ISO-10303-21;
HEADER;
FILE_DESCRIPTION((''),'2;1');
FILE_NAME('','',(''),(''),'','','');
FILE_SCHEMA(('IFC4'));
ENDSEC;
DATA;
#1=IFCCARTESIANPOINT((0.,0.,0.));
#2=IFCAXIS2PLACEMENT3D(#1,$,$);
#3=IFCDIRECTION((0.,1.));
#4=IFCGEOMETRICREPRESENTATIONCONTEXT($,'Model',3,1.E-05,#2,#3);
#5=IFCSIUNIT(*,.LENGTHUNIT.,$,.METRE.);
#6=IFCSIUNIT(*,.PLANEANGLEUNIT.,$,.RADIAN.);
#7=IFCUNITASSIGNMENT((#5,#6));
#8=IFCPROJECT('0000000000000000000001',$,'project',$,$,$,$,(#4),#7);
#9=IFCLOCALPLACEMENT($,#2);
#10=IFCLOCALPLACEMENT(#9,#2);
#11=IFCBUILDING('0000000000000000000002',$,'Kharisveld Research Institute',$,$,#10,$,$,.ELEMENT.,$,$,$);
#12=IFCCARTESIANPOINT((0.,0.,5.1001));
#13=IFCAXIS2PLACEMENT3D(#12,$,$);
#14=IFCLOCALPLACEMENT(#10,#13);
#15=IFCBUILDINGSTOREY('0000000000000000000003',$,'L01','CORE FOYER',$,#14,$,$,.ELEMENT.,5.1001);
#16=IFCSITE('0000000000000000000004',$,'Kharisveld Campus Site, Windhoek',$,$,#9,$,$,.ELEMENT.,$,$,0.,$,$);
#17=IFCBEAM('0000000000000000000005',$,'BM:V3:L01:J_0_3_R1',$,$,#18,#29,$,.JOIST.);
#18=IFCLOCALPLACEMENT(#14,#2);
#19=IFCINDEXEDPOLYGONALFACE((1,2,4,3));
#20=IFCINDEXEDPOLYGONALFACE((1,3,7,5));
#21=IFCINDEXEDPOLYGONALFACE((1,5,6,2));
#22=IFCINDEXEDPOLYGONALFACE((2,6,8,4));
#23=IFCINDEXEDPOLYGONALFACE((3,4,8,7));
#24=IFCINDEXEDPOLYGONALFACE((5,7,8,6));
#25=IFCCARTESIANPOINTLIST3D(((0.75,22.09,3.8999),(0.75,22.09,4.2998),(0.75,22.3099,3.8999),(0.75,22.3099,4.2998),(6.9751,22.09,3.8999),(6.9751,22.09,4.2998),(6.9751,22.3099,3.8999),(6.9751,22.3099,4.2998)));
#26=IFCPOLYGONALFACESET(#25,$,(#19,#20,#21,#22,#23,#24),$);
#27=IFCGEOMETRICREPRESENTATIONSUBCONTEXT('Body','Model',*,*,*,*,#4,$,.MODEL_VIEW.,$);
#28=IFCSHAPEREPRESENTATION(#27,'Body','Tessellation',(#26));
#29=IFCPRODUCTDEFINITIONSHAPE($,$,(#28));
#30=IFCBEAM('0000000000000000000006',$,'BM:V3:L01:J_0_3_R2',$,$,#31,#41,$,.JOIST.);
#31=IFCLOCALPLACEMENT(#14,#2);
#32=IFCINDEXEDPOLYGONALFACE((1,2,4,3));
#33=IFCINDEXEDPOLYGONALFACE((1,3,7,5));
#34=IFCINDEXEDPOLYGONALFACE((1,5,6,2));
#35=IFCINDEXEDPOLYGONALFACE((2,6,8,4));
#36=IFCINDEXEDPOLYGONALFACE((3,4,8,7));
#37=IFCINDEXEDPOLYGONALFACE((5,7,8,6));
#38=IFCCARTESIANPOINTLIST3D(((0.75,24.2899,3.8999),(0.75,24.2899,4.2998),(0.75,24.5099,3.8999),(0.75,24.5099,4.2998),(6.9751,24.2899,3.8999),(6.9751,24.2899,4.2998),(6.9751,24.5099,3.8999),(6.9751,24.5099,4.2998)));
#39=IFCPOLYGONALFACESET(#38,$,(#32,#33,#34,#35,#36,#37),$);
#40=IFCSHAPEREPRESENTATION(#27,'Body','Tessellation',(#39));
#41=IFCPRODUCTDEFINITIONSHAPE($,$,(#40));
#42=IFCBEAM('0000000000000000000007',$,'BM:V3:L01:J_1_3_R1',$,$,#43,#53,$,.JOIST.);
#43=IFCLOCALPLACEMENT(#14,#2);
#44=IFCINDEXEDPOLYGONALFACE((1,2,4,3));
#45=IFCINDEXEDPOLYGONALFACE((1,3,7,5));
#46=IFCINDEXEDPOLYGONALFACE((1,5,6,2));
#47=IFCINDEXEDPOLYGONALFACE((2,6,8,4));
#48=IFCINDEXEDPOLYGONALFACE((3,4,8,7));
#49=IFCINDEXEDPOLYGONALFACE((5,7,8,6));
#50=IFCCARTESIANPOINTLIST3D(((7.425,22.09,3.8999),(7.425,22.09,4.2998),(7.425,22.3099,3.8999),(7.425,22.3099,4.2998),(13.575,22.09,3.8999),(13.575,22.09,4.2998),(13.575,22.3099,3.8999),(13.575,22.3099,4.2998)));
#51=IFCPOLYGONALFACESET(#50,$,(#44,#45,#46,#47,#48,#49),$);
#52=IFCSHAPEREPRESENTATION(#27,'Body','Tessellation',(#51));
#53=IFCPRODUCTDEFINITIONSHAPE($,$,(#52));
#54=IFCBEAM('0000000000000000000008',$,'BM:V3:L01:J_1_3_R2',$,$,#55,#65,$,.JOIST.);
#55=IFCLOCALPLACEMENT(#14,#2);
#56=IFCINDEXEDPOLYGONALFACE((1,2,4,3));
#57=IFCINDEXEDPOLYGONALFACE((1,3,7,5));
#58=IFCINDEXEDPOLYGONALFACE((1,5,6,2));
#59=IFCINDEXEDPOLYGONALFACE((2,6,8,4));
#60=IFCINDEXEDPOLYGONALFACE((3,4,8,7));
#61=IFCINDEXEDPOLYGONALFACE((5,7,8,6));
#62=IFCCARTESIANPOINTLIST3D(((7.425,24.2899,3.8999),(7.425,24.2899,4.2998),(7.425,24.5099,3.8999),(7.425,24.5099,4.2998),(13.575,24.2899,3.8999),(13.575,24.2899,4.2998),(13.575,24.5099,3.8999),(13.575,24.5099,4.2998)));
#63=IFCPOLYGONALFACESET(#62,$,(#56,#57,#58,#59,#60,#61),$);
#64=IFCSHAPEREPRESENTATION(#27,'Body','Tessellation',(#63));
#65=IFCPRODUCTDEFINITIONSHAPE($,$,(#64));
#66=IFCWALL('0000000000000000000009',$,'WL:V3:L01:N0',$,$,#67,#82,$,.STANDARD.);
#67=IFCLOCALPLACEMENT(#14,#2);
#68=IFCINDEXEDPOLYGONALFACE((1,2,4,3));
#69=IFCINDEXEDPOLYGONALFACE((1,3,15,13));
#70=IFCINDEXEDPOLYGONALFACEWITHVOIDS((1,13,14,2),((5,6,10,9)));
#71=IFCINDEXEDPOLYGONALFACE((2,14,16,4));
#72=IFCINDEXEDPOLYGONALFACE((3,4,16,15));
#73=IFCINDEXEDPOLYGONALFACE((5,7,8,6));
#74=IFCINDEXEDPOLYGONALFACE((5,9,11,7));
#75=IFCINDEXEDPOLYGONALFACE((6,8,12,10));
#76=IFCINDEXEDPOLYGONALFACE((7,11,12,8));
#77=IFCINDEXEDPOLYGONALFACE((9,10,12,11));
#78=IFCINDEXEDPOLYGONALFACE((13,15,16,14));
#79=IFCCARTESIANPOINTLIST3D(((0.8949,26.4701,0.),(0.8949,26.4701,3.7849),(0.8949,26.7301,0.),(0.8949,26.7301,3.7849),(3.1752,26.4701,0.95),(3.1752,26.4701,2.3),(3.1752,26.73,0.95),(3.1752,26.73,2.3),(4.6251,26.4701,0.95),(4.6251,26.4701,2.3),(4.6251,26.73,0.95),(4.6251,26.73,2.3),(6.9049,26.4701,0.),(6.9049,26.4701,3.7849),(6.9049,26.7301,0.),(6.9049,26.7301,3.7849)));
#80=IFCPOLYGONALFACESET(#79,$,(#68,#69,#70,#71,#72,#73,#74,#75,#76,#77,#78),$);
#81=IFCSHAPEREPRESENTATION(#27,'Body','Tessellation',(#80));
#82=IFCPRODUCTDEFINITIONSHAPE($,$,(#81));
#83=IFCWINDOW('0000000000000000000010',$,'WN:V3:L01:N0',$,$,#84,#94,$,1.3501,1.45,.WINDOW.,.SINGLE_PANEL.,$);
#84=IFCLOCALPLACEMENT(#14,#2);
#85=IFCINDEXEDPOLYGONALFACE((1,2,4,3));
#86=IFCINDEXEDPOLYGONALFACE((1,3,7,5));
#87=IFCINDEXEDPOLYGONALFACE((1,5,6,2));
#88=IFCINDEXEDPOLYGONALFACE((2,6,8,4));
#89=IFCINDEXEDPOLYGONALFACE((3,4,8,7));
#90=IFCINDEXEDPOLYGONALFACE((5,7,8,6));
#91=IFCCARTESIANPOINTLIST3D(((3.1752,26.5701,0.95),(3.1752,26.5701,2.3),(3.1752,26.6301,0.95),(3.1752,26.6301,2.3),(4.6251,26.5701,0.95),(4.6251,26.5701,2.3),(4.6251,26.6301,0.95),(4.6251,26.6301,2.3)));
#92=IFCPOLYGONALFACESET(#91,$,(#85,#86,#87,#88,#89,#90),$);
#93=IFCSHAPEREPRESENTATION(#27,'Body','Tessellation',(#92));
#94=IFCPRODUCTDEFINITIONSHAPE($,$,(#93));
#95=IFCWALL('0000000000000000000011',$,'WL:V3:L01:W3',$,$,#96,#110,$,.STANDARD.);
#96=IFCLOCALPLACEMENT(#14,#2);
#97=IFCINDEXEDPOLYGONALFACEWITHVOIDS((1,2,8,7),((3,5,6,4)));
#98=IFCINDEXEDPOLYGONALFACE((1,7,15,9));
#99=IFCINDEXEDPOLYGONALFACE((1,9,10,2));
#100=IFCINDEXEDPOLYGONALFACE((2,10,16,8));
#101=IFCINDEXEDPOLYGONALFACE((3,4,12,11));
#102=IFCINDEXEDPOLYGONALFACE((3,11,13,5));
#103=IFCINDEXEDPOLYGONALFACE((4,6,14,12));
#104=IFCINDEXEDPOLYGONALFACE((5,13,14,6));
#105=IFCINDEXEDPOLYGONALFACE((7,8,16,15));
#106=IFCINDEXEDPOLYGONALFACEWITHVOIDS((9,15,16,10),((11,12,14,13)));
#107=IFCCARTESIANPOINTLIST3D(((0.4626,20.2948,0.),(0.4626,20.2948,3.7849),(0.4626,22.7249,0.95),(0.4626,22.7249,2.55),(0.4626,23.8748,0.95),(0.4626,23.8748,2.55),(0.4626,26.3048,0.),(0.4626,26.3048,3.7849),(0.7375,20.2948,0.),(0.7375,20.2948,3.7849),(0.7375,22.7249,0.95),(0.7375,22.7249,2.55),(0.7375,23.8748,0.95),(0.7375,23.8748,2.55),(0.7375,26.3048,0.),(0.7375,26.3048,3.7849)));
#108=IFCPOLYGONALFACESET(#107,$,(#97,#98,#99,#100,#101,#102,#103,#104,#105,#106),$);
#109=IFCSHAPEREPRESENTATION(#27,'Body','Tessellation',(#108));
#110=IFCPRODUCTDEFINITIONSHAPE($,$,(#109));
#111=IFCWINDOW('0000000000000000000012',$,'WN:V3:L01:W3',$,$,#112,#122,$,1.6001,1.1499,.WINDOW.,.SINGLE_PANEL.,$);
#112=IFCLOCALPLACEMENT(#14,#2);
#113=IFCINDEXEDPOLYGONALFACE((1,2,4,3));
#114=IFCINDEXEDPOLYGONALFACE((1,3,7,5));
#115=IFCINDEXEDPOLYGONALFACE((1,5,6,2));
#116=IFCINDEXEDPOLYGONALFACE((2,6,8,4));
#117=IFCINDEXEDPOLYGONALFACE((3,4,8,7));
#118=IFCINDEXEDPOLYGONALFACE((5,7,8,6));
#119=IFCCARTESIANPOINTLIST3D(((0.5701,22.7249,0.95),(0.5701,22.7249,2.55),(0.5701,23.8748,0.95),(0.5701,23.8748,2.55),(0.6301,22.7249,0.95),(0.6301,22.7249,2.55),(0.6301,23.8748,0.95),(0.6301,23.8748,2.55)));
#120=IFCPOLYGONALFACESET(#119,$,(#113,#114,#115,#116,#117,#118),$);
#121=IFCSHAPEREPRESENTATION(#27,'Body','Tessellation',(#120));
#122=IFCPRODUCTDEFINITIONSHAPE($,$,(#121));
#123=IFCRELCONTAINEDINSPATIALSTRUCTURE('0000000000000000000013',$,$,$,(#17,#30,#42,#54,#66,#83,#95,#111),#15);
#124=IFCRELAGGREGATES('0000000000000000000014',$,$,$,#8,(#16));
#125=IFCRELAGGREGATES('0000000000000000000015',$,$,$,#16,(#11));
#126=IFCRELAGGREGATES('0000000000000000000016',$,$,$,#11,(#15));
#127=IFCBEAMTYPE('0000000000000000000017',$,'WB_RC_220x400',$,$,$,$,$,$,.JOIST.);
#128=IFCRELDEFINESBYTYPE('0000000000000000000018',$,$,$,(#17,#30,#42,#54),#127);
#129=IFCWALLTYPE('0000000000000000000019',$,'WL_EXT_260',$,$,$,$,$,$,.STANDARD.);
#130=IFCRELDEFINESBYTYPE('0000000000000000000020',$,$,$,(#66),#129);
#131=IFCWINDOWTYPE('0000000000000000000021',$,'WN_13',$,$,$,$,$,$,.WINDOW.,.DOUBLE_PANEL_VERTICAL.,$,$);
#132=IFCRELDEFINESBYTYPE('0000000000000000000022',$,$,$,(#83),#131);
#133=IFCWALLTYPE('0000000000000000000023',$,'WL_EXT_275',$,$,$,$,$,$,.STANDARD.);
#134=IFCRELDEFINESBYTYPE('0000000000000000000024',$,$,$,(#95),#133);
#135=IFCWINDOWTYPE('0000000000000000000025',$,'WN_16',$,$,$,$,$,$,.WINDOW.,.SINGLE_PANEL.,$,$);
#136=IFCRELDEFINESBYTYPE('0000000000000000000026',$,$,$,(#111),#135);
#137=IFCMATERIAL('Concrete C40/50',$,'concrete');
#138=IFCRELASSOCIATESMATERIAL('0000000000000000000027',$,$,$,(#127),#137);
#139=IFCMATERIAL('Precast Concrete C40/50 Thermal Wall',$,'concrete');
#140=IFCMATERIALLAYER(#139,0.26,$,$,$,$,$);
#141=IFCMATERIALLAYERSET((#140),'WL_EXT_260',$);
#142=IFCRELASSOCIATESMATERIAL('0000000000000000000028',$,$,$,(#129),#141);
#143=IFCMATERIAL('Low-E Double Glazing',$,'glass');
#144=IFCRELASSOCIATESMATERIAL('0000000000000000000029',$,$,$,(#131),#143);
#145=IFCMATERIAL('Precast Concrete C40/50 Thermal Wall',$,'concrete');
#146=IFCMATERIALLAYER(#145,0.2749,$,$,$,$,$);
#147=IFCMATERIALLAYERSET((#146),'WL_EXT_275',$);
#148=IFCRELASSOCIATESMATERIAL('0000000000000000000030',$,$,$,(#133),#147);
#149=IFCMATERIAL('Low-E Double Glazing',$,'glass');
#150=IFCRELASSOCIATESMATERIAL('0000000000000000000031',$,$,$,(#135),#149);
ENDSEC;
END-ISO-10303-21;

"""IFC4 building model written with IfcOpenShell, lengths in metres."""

from ifc_helpers import new_model, si_unit, direction, frame, frame_2d, origin, origin_2d, place, context, subcontext, project, spatial, rectangle, extrude, material, layer, layer_set, material_profile, profile_set, type_object, element, fill, save


model = new_model("IFC4")

# Units and contexts
model_context = context("Model", 3, precision=1e-05, world=origin(), true_north=direction((0.0, 1.0)))
body_context = subcontext(model_context, "Body", "Model", "MODEL_VIEW")
ifc_project = project(units=[si_unit("LENGTHUNIT", "METRE"), si_unit("PLANEANGLEUNIT", "RADIAN")], contexts=[model_context])

# Site, building, storey
site_placement = place(None, origin())
site = spatial("IfcSite", under=ifc_project, at=site_placement, Name="Kharisveld Campus Site, Windhoek", CompositionType="ELEMENT", RefElevation=0.0)
building_placement = place(site_placement, origin())
building = spatial("IfcBuilding", under=site, at=building_placement, Name="Kharisveld Research Institute", CompositionType="ELEMENT")
storey_placement = place(building_placement, frame((0.0, 0.0, 5.1001)))
storey = spatial("IfcBuildingStorey", under=building, at=storey_placement, Name="L01", Description="CORE FOYER", CompositionType="ELEMENT", Elevation=5.1001)

# Beams
ifc_material_1 = material(Name="Concrete C40/50", Category="concrete")
ifc_material_profile_1 = material_profile(ifc_material_1, rectangle(XDim=0.22, YDim=0.3999, at=origin_2d()))
ifc_profile_set_1 = profile_set([ifc_material_profile_1], Name="Concrete C40/50")
beam_type_1 = type_object("IfcBeamType", Name="WB_RC_220x400", PredefinedType="JOIST", material=ifc_profile_set_1)
for number, where, z_axis, x_axis, name in (
    (1, (0.75, 22.2, 4.0999), (1.0, 0.0, 0.0), (0.0, 1.0, 0.0), "BM:V3:L01:J_0_3_R1"),
    (2, (0.75, 24.3999, 4.0999), (1.0, 0.0, 0.0), (0.0, 1.0, 0.0), "BM:V3:L01:J_0_3_R2"),
):
    element("IfcBeam", number, at=place(storey_placement, frame(where, z_axis=z_axis, x_axis=x_axis)), inside=storey, type_object=beam_type_1, Name=name, PredefinedType="JOIST", context=body_context, shape_type="SweptSolid", body=[
        extrude(rectangle(XDim=0.22, YDim=0.3999, at=origin_2d()), origin(), (0.0, 0.0, 1.0), 6.2251),
    ])
for number, where, z_axis, x_axis, name in (
    (3, (7.425, 22.2, 4.0999), (1.0, 0.0, 0.0), (0.0, 1.0, 0.0), "BM:V3:L01:J_1_3_R1"),
    (4, (7.425, 24.3999, 4.0999), (1.0, 0.0, 0.0), (0.0, 1.0, 0.0), "BM:V3:L01:J_1_3_R2"),
):
    element("IfcBeam", number, at=place(storey_placement, frame(where, z_axis=z_axis, x_axis=x_axis)), inside=storey, type_object=beam_type_1, Name=name, PredefinedType="JOIST", context=body_context, shape_type="SweptSolid", body=[
        extrude(rectangle(XDim=0.22, YDim=0.3999, at=origin_2d()), origin(), (0.0, 0.0, 1.0), 6.1499),
    ])

# Walls, openings, windows
ifc_material_2 = material(Name="Precast Concrete C40/50 Thermal Wall", Category="concrete")
ifc_layer_1 = layer(ifc_material_2, 0.26)
ifc_layer_set_1 = layer_set([ifc_layer_1], Name="WL_EXT_260")
wall_type_1 = type_object("IfcWallType", Name="WL_EXT_260", PredefinedType="STANDARD", material=ifc_layer_set_1)
wall_1_placement = place(storey_placement, frame((0.895, 26.6001, 0.0), z_axis=(0.0, 0.0, 1.0), x_axis=(1.0, 0.0, 0.0)))
wall_1 = element("IfcWall", 5, at=wall_1_placement, inside=storey, type_object=wall_type_1, Name="WL:V3:L01:N0", PredefinedType="STANDARD", context=body_context, shape_type="SweptSolid", body=[
    extrude(rectangle(XDim=6.01, YDim=0.26, at=frame_2d((3.0049, 0.0))), origin(), (0.0, 0.0, 1.0), 3.7849),
])
opening_1_placement = place(wall_1_placement, frame((2.28, 0.0, 0.95)))
opening_1 = element("IfcOpeningElement", 6, at=opening_1_placement, cuts=wall_1, PredefinedType="OPENING", context=body_context, shape_type="SweptSolid", body=[
    extrude(rectangle(XDim=1.45, YDim=1.3501, at=frame_2d((0.7251, 0.675))), frame((0.0, 0.1299, 0.0), z_axis=(0.0, -1.0, 0.0), x_axis=(1.0, 0.0, 0.0)), (0.0, 0.0, 1.0), 0.26),
])
ifc_material_3 = material(Name="Low-E Double Glazing", Category="glass")
window_type_1 = type_object("IfcWindowType", Name="WN_13", PartitioningType="DOUBLE_PANEL_VERTICAL", PredefinedType="WINDOW", material=ifc_material_3)
window_1_placement = place(opening_1_placement, origin())
window_1 = element("IfcWindow", 7, at=window_1_placement, inside=storey, type_object=window_type_1, Name="WN:V3:L01:N0", OverallHeight=1.3501, OverallWidth=1.45, PartitioningType="SINGLE_PANEL", PredefinedType="WINDOW", context=body_context, shape_type="SweptSolid", body=[
    extrude(rectangle(XDim=1.45, YDim=1.3501, at=frame_2d((0.7251, 0.675))), frame((0.0, 0.03, 0.0), z_axis=(0.0, -1.0, 0.0), x_axis=(1.0, 0.0, 0.0)), (0.0, 0.0, 1.0), 0.0601),
])
fill(opening_1, window_1)
ifc_material_4 = material(Name="Precast Concrete C40/50 Thermal Wall", Category="concrete")
ifc_layer_2 = layer(ifc_material_4, 0.2749)
ifc_layer_set_2 = layer_set([ifc_layer_2], Name="WL_EXT_275")
wall_type_2 = type_object("IfcWallType", Name="WL_EXT_275", PredefinedType="STANDARD", material=ifc_layer_set_2)
wall_2_placement = place(storey_placement, frame((0.6001, 20.2949, 0.0), z_axis=(0.0, 0.0, 1.0), x_axis=(0.0, 1.0, 0.0)))
wall_2 = element("IfcWall", 8, at=wall_2_placement, inside=storey, type_object=wall_type_2, Name="WL:V3:L01:W3", PredefinedType="STANDARD", context=body_context, shape_type="SweptSolid", body=[
    extrude(rectangle(XDim=6.01, YDim=0.2749, at=frame_2d((3.0049, 0.0))), origin(), (0.0, 0.0, 1.0), 3.7849),
])
opening_2_placement = place(wall_2_placement, frame((2.4299, 0.0, 0.95)))
opening_2 = element("IfcOpeningElement", 9, at=opening_2_placement, cuts=wall_2, PredefinedType="OPENING", context=body_context, shape_type="SweptSolid", body=[
    extrude(rectangle(XDim=1.1499, YDim=1.6001, at=frame_2d((0.575, 0.8))), frame((0.0, 0.1375, 0.0), z_axis=(0.0, -1.0, 0.0), x_axis=(1.0, 0.0, 0.0)), (0.0, 0.0, 1.0), 0.2749),
])
ifc_material_5 = material(Name="Low-E Double Glazing", Category="glass")
window_type_2 = type_object("IfcWindowType", Name="WN_16", PartitioningType="SINGLE_PANEL", PredefinedType="WINDOW", material=ifc_material_5)
window_2_placement = place(opening_2_placement, origin())
window_2 = element("IfcWindow", 10, at=window_2_placement, inside=storey, type_object=window_type_2, Name="WN:V3:L01:W3", OverallHeight=1.6001, OverallWidth=1.1499, PartitioningType="SINGLE_PANEL", PredefinedType="WINDOW", context=body_context, shape_type="SweptSolid", body=[
    extrude(rectangle(XDim=1.1499, YDim=1.6001, at=frame_2d((0.575, 0.8))), frame((0.0, 0.03, 0.0), z_axis=(0.0, -1.0, 0.0), x_axis=(1.0, 0.0, 0.0)), (0.0, 0.0, 1.0), 0.0601),
])
fill(opening_2, window_2)

save(model, "model.ifc")
